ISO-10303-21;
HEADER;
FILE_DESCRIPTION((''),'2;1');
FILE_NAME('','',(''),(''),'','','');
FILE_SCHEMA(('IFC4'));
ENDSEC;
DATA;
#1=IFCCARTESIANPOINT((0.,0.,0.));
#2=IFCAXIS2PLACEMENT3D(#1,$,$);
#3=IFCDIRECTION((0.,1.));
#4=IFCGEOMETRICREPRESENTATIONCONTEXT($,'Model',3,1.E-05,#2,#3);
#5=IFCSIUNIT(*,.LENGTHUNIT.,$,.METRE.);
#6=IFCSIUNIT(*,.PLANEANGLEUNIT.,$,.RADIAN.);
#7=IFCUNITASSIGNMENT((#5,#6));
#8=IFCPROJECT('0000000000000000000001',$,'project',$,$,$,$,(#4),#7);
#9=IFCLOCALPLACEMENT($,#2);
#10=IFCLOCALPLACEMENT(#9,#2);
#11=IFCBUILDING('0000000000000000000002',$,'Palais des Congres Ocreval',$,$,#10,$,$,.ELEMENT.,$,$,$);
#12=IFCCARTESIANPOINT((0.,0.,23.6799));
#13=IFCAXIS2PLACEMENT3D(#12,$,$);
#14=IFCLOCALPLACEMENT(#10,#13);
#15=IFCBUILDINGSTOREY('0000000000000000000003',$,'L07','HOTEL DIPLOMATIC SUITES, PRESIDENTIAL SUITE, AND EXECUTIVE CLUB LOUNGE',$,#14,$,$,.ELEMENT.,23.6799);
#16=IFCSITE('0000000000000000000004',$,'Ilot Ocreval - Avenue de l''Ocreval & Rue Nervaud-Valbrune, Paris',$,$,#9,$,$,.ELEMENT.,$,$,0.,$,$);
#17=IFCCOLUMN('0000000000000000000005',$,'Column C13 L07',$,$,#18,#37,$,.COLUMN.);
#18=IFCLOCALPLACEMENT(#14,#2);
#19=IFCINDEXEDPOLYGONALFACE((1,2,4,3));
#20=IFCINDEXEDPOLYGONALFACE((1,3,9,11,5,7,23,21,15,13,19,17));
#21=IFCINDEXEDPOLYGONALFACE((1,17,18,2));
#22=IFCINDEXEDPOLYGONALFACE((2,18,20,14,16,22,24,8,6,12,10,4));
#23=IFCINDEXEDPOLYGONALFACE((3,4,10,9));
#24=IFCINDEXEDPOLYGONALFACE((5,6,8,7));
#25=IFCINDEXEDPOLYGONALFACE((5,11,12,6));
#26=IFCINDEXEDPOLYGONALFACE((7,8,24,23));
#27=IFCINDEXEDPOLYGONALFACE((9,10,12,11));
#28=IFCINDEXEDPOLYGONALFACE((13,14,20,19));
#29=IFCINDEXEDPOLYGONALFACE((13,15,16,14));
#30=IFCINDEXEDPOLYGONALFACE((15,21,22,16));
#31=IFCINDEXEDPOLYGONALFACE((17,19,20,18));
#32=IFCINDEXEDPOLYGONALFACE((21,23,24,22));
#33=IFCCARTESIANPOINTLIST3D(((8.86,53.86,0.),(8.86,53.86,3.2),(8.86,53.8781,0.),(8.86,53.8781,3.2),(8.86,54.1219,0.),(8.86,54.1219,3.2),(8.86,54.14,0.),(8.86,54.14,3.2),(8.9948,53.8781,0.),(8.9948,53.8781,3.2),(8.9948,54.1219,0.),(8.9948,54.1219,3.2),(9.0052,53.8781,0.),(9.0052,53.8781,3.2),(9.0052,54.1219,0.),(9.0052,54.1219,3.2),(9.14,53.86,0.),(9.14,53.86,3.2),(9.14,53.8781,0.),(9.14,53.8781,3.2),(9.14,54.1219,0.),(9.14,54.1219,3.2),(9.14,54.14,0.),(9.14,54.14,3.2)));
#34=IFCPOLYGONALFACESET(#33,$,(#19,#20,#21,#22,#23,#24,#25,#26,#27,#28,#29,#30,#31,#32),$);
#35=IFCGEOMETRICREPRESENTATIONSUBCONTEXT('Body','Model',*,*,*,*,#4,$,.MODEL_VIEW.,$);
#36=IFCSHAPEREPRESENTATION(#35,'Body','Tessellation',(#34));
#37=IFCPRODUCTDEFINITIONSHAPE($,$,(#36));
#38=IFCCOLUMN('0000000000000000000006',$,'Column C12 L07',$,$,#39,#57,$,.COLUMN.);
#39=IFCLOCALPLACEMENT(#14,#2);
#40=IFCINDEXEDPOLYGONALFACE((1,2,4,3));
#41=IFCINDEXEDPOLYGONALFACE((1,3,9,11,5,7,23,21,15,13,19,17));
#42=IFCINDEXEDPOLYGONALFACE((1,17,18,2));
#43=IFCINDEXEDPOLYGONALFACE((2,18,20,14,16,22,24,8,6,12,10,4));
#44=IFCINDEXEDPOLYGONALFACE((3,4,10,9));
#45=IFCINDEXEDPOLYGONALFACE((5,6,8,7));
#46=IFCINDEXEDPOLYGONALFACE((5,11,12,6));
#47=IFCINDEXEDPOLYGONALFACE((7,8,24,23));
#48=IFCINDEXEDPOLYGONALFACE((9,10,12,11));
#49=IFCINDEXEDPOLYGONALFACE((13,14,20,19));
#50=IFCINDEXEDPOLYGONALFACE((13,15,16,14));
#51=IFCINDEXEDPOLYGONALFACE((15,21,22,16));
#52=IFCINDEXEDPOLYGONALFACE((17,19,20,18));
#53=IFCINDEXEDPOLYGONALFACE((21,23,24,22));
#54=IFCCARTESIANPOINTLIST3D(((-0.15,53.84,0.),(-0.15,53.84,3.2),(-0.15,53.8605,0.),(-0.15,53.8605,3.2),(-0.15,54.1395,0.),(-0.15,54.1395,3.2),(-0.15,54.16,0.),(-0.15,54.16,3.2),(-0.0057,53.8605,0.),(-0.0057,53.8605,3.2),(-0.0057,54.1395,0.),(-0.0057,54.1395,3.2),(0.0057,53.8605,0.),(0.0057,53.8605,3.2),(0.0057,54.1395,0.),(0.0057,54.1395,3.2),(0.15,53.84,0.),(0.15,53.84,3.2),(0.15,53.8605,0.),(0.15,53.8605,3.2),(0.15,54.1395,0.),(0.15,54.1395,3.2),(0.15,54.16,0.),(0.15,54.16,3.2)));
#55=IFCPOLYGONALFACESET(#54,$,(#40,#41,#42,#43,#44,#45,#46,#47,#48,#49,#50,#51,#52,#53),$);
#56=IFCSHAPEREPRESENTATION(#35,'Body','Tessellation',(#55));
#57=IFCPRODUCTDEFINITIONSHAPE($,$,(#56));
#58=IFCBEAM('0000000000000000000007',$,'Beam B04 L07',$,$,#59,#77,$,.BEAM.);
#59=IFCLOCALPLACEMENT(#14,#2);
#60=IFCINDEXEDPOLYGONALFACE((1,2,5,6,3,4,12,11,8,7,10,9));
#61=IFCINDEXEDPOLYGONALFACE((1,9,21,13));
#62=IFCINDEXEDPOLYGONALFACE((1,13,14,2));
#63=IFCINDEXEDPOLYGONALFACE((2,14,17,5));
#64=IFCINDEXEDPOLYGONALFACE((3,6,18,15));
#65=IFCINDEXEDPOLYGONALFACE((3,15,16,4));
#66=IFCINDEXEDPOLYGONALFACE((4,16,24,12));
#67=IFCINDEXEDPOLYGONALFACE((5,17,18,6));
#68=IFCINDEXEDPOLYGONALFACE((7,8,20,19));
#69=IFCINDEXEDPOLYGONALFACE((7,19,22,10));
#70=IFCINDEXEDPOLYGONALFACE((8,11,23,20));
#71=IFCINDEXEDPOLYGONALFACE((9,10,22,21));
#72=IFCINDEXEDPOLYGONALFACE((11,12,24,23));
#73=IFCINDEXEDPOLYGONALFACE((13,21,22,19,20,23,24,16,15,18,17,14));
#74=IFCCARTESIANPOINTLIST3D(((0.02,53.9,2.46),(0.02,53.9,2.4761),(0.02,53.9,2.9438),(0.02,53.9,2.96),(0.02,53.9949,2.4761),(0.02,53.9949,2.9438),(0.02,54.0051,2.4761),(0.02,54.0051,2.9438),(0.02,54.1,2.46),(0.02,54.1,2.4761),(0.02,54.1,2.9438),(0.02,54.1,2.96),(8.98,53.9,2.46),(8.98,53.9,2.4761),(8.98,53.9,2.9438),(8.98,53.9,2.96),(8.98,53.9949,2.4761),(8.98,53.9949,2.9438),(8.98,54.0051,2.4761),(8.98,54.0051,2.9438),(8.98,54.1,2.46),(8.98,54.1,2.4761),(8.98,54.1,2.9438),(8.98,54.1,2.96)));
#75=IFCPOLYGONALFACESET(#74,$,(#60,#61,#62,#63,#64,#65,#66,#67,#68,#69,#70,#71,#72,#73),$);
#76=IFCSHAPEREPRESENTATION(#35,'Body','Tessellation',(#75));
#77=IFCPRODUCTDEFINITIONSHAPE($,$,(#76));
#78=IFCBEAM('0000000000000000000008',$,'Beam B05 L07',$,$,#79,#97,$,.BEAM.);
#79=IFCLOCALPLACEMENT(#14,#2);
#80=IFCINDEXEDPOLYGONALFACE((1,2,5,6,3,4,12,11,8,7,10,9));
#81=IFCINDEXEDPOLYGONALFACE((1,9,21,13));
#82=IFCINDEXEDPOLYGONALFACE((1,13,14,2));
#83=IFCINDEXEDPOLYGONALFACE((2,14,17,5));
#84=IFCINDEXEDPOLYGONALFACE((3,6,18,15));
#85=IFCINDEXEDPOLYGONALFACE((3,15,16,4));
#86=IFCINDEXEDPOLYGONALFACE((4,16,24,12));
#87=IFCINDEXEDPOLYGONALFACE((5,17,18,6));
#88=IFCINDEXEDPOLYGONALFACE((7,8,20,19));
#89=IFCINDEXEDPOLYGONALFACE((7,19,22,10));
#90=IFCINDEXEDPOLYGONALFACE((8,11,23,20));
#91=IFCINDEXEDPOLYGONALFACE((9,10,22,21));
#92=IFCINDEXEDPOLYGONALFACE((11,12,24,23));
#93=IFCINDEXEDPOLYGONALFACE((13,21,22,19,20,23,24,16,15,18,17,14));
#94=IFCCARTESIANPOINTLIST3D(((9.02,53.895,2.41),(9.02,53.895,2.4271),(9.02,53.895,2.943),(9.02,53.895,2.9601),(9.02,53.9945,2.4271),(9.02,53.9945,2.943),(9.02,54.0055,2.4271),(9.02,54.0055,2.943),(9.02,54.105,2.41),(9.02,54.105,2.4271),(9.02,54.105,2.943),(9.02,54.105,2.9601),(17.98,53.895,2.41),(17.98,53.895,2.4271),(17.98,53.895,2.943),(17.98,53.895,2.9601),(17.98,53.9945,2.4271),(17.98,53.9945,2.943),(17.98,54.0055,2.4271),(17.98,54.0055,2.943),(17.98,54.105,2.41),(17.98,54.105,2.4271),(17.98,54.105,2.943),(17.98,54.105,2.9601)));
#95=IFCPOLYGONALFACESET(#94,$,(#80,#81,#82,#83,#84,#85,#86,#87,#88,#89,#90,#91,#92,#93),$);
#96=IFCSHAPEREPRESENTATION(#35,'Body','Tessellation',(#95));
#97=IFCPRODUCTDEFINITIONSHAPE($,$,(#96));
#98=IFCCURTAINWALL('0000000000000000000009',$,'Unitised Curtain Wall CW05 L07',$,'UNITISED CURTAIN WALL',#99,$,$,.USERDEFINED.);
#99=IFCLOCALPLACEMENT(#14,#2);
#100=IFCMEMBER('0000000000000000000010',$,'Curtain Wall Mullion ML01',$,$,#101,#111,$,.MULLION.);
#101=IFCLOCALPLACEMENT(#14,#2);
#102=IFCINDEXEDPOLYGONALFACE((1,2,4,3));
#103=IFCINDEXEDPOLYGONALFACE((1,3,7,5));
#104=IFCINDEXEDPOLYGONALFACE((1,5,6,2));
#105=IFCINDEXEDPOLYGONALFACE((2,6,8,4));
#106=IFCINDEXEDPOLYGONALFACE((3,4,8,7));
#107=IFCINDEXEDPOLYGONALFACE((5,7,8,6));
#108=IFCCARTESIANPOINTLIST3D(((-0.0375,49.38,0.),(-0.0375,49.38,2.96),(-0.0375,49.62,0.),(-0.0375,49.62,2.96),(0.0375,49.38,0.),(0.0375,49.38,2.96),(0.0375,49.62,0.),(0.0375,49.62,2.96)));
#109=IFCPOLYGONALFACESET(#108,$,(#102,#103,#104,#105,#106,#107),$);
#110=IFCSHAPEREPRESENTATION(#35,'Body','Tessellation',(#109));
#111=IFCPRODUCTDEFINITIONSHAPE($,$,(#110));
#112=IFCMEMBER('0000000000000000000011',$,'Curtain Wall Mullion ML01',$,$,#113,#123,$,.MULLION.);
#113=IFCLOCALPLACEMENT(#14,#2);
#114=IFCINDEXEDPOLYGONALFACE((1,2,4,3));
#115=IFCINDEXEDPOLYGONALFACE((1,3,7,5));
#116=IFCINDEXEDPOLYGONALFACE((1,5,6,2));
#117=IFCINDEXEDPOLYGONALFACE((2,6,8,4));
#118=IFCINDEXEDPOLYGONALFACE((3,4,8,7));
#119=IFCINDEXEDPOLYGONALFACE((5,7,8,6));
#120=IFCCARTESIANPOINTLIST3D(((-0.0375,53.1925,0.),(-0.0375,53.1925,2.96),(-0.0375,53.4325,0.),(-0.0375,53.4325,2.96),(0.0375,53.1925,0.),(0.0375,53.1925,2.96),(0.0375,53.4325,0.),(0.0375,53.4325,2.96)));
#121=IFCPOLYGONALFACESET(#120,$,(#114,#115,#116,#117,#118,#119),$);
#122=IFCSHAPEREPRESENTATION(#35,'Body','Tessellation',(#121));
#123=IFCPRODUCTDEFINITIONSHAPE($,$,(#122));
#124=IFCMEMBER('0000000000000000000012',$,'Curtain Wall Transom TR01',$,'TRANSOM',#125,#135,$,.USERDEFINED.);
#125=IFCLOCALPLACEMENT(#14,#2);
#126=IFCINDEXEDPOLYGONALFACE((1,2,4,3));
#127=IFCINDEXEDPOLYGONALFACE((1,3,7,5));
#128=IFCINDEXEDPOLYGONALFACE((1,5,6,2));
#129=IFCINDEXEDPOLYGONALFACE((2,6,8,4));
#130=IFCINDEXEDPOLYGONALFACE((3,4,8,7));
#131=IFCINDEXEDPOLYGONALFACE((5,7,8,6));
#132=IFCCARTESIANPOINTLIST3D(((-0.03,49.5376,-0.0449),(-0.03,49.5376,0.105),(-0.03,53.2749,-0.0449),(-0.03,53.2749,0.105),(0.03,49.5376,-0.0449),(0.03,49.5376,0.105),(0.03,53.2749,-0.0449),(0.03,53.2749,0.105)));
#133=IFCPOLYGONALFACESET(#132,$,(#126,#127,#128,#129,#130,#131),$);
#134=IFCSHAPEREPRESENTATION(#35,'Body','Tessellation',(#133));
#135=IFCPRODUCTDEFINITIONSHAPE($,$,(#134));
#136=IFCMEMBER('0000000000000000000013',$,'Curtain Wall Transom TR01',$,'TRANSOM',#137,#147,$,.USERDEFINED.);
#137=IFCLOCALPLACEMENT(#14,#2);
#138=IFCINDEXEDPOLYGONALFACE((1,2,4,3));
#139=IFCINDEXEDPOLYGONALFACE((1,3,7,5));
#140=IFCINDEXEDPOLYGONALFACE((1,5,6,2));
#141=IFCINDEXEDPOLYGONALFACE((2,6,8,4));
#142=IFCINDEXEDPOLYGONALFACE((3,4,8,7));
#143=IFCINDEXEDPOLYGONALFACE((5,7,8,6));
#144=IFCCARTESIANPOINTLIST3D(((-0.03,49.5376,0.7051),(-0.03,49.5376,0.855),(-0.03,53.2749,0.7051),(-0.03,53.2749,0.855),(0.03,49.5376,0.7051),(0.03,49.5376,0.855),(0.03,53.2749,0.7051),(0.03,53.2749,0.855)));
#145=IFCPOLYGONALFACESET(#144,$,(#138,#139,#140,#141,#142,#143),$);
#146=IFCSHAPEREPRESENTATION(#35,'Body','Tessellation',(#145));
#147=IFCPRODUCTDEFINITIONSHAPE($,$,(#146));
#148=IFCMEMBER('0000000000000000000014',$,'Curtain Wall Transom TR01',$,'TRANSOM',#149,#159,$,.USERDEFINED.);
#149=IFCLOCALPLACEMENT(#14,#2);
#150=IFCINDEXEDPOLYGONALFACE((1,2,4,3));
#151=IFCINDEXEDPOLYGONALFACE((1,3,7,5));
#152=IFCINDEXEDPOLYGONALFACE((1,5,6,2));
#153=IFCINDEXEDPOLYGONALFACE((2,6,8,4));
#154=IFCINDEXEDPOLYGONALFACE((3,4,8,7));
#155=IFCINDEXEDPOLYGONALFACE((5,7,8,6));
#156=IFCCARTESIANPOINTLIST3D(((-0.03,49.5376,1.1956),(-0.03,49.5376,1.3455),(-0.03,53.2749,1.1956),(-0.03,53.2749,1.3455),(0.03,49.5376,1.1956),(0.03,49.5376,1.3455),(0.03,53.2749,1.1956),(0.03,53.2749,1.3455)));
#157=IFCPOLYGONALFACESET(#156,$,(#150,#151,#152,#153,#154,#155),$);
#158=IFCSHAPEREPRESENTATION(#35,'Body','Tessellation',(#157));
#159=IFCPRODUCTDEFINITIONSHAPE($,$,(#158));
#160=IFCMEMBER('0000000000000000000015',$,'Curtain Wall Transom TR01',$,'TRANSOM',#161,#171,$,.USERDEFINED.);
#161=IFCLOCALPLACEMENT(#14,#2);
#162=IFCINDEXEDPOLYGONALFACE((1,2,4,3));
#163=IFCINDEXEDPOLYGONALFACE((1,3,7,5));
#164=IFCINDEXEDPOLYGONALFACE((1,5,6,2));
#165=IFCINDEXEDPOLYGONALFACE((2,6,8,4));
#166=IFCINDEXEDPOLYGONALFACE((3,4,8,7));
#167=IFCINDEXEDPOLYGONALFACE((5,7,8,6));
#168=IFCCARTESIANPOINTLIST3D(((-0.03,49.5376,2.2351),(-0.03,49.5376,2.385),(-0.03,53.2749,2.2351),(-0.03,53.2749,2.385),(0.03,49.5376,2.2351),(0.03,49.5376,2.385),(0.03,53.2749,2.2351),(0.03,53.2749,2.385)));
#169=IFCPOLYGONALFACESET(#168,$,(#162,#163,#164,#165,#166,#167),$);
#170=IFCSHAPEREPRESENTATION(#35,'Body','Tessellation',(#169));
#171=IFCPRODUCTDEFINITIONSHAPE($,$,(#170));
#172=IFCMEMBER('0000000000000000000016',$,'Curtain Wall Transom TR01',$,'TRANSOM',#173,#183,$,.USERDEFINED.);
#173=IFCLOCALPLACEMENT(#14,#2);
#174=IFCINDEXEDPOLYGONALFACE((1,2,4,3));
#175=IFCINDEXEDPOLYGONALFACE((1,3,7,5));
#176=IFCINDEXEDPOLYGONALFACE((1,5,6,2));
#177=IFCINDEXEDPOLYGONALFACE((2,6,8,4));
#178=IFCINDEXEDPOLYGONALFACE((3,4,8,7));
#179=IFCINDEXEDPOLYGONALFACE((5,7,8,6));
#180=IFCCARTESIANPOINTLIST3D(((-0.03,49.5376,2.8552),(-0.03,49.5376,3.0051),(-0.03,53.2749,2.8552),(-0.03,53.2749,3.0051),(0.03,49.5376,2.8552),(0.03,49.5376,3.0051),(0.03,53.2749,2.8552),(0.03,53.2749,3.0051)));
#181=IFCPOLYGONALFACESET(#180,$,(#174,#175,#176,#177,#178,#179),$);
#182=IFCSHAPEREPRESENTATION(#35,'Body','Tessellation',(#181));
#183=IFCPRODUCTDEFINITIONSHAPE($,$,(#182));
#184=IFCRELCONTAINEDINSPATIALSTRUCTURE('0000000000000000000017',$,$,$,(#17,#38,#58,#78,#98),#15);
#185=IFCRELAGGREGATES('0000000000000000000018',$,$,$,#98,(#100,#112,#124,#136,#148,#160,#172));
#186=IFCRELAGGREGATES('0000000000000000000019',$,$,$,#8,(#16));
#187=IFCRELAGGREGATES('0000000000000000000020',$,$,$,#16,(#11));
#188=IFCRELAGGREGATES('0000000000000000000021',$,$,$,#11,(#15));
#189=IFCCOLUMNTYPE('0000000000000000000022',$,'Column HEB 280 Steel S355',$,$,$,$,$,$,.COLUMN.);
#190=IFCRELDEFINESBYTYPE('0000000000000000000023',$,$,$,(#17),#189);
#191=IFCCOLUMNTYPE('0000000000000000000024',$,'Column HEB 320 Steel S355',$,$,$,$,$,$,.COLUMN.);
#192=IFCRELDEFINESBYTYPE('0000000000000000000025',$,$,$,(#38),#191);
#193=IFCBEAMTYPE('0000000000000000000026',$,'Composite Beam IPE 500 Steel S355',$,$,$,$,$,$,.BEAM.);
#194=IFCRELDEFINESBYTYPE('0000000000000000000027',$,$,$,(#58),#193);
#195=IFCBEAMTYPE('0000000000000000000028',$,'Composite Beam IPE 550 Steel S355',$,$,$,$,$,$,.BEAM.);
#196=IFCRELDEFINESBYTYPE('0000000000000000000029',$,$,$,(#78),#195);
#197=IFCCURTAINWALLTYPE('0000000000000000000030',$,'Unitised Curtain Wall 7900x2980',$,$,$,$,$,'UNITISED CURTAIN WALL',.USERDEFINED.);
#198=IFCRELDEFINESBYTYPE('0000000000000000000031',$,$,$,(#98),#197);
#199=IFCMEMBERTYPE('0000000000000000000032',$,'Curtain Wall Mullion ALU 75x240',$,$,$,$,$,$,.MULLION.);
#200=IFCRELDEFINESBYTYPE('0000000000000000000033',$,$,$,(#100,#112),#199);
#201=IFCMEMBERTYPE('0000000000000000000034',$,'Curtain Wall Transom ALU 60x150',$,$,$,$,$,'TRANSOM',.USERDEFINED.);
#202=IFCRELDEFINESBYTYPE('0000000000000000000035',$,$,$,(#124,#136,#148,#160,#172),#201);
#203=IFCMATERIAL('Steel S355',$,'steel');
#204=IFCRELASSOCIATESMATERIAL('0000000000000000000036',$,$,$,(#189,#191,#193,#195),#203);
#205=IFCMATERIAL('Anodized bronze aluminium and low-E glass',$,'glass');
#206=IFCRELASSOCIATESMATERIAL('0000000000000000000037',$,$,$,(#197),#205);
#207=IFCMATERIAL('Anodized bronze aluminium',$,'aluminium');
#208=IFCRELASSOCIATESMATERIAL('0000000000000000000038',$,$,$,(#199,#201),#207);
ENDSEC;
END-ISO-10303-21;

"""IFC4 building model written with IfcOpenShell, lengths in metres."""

from ifc_helpers import new_model, si_unit, direction, frame, origin, origin_2d, place, context, subcontext, project, spatial, rectangle, i_section, extrude, material, material_profile, profile_set, type_object, element, aggregate, save


model = new_model("IFC4")

# Units and contexts
model_context = context("Model", 3, precision=1e-05, world=origin(), true_north=direction((0.0, 1.0)))
body_context = subcontext(model_context, "Body", "Model", "MODEL_VIEW")
ifc_project = project(units=[si_unit("LENGTHUNIT", "METRE"), si_unit("PLANEANGLEUNIT", "RADIAN")], contexts=[model_context])

# Site, building, storey
site_placement = place(None, origin())
site = spatial("IfcSite", under=ifc_project, at=site_placement, Name="Ilot Ocreval - Avenue de l'Ocreval & Rue Nervaud-Valbrune, Paris", CompositionType="ELEMENT", RefElevation=0.0)
building_placement = place(site_placement, origin())
building = spatial("IfcBuilding", under=site, at=building_placement, Name="Palais des Congres Ocreval", CompositionType="ELEMENT")
storey_placement = place(building_placement, frame((0.0, 0.0, 23.6799)))
storey = spatial("IfcBuildingStorey", under=building, at=storey_placement, Name="L07", Description="HOTEL DIPLOMATIC SUITES, PRESIDENTIAL SUITE, AND EXECUTIVE CLUB LOUNGE", CompositionType="ELEMENT", Elevation=23.6799)

# Columns
ifc_material_1 = material(Name="Steel S355", Category="steel")
ifc_material_profile_1 = material_profile(ifc_material_1, i_section(OverallWidth=0.28, OverallDepth=0.28, WebThickness=0.0105, FlangeThickness=0.0181, at=origin_2d()), Name="HEB 280")
ifc_profile_set_1 = profile_set([ifc_material_profile_1], Name="Steel S355")
column_type_1 = type_object("IfcColumnType", Name="Column HEB 280 Steel S355", PredefinedType="COLUMN", material=ifc_profile_set_1)
column_1_placement = place(storey_placement, frame((9.0, 54.0, 0.0), z_axis=(0.0, 0.0, 1.0), x_axis=(1.0, 0.0, 0.0)))
element("IfcColumn", 1, at=column_1_placement, inside=storey, type_object=column_type_1, Name="Column C13 L07", PredefinedType="COLUMN", context=body_context, shape_type="SweptSolid", body=[
    extrude(i_section(OverallWidth=0.28, OverallDepth=0.28, WebThickness=0.0105, FlangeThickness=0.0181, at=origin_2d()), origin(), (0.0, 0.0, 1.0), 3.2),
])
ifc_material_profile_2 = material_profile(ifc_material_1, i_section(OverallWidth=0.3, OverallDepth=0.3201, WebThickness=0.0115, FlangeThickness=0.0205, at=origin_2d()), Name="HEB 320")
ifc_profile_set_2 = profile_set([ifc_material_profile_2], Name="Steel S355")
column_type_2 = type_object("IfcColumnType", Name="Column HEB 320 Steel S355", PredefinedType="COLUMN", material=ifc_profile_set_2)
column_2_placement = place(storey_placement, frame((0.0, 54.0, 0.0), z_axis=(0.0, 0.0, 1.0), x_axis=(1.0, 0.0, 0.0)))
element("IfcColumn", 2, at=column_2_placement, inside=storey, type_object=column_type_2, Name="Column C12 L07", PredefinedType="COLUMN", context=body_context, shape_type="SweptSolid", body=[
    extrude(i_section(OverallWidth=0.3, OverallDepth=0.3201, WebThickness=0.0115, FlangeThickness=0.0205, at=origin_2d()), origin(), (0.0, 0.0, 1.0), 3.2),
])

# Beams
ifc_material_profile_3 = material_profile(ifc_material_1, i_section(OverallWidth=0.2, OverallDepth=0.5, WebThickness=0.0103, FlangeThickness=0.0161, at=origin_2d()), Name="IPE 500")
ifc_profile_set_3 = profile_set([ifc_material_profile_3], Name="Steel S355")
beam_type_1 = type_object("IfcBeamType", Name="Composite Beam IPE 500 Steel S355", PredefinedType="BEAM", material=ifc_profile_set_3)
beam_1_placement = place(storey_placement, frame((0.02, 54.0, 2.71), z_axis=(1.0, 0.0, 0.0), x_axis=(0.0, 1.0, 0.0)))
element("IfcBeam", 3, at=beam_1_placement, inside=storey, type_object=beam_type_1, Name="Beam B04 L07", PredefinedType="BEAM", context=body_context, shape_type="SweptSolid", body=[
    extrude(i_section(OverallWidth=0.2, OverallDepth=0.5, WebThickness=0.0103, FlangeThickness=0.0161, at=origin_2d()), origin(), (0.0, 0.0, 1.0), 8.96),
])
ifc_material_profile_4 = material_profile(ifc_material_1, i_section(OverallWidth=0.21, OverallDepth=0.55, WebThickness=0.011, FlangeThickness=0.0171, at=origin_2d()), Name="IPE 550")
ifc_profile_set_4 = profile_set([ifc_material_profile_4], Name="Steel S355")
beam_type_2 = type_object("IfcBeamType", Name="Composite Beam IPE 550 Steel S355", PredefinedType="BEAM", material=ifc_profile_set_4)
beam_2_placement = place(storey_placement, frame((9.02, 54.0, 2.6851), z_axis=(1.0, 0.0, 0.0), x_axis=(0.0, 1.0, 0.0)))
element("IfcBeam", 4, at=beam_2_placement, inside=storey, type_object=beam_type_2, Name="Beam B05 L07", PredefinedType="BEAM", context=body_context, shape_type="SweptSolid", body=[
    extrude(i_section(OverallWidth=0.21, OverallDepth=0.55, WebThickness=0.011, FlangeThickness=0.0171, at=origin_2d()), origin(), (0.0, 0.0, 1.0), 8.96),
])

# Curtain wall, members
ifc_material_2 = material(Name="Anodized bronze aluminium and low-E glass", Category="glass")
curtain_wall_type = type_object("IfcCurtainWallType", Name="Unitised Curtain Wall 7900x2980", ElementType="UNITISED CURTAIN WALL", PredefinedType="USERDEFINED", material=ifc_material_2)
curtain_wall_placement = place(storey_placement, origin())
curtain_wall = element("IfcCurtainWall", 5, at=curtain_wall_placement, inside=storey, type_object=curtain_wall_type, Name="Unitised Curtain Wall CW05 L07", ObjectType="UNITISED CURTAIN WALL", PredefinedType="USERDEFINED")
ifc_material_3 = material(Name="Anodized bronze aluminium", Category="aluminium")
ifc_material_profile_5 = material_profile(ifc_material_3, rectangle(XDim=0.075, YDim=0.24, at=origin_2d()), Name="ALU 75x240")
ifc_profile_set_5 = profile_set([ifc_material_profile_5], Name="Anodized bronze aluminium")
member_type_1 = type_object("IfcMemberType", Name="Curtain Wall Mullion ALU 75x240", PredefinedType="MULLION", material=ifc_profile_set_5)
member_1_placement = place(storey_placement, frame((0.0, 49.5, 0.0), z_axis=(0.0, 0.0, 1.0), x_axis=(-1.0, 0.0, 0.0)))
member_1 = element("IfcMember", 6, at=member_1_placement, type_object=member_type_1, Name="Curtain Wall Mullion ML01", PredefinedType="MULLION", context=body_context, shape_type="SweptSolid", body=[
    extrude(rectangle(XDim=0.075, YDim=0.24, at=origin_2d()), origin(), (0.0, 0.0, 1.0), 2.96),
])
member_2_placement = place(storey_placement, frame((0.0, 53.3125, 0.0), z_axis=(0.0, 0.0, 1.0), x_axis=(-1.0, 0.0, 0.0)))
member_2 = element("IfcMember", 7, at=member_2_placement, type_object=member_type_1, Name="Curtain Wall Mullion ML01", PredefinedType="MULLION", context=body_context, shape_type="SweptSolid", body=[
    extrude(rectangle(XDim=0.075, YDim=0.24, at=origin_2d()), origin(), (0.0, 0.0, 1.0), 2.96),
])
ifc_material_profile_6 = material_profile(ifc_material_3, rectangle(XDim=0.0601, YDim=0.1499, at=origin_2d()), Name="ALU 60x150")
ifc_profile_set_6 = profile_set([ifc_material_profile_6], Name="Anodized bronze aluminium")
member_type_2 = type_object("IfcMemberType", Name="Curtain Wall Transom ALU 60x150", ElementType="TRANSOM", PredefinedType="USERDEFINED", material=ifc_profile_set_6)
member_3_placement = place(storey_placement, frame((0.0, 49.5376, 0.03), z_axis=(0.0, 1.0, 0.0), x_axis=(-1.0, 0.0, 0.0)))
member_3 = element("IfcMember", 8, at=member_3_placement, type_object=member_type_2, Name="Curtain Wall Transom TR01", ObjectType="TRANSOM", PredefinedType="USERDEFINED", context=body_context, shape_type="SweptSolid", body=[
    extrude(rectangle(XDim=0.0601, YDim=0.1499, at=origin_2d()), origin(), (0.0, 0.0, 1.0), 3.7373),
])
member_4_placement = place(storey_placement, frame((0.0, 49.5376, 0.78), z_axis=(0.0, 1.0, 0.0), x_axis=(-1.0, 0.0, 0.0)))
member_4 = element("IfcMember", 9, at=member_4_placement, type_object=member_type_2, Name="Curtain Wall Transom TR01", ObjectType="TRANSOM", PredefinedType="USERDEFINED", context=body_context, shape_type="SweptSolid", body=[
    extrude(rectangle(XDim=0.0601, YDim=0.1499, at=origin_2d()), origin(), (0.0, 0.0, 1.0), 3.7373),
])
member_5_placement = place(storey_placement, frame((0.0, 49.5376, 1.2705), z_axis=(0.0, 1.0, 0.0), x_axis=(-1.0, 0.0, 0.0)))
member_5 = element("IfcMember", 10, at=member_5_placement, type_object=member_type_2, Name="Curtain Wall Transom TR01", ObjectType="TRANSOM", PredefinedType="USERDEFINED", context=body_context, shape_type="SweptSolid", body=[
    extrude(rectangle(XDim=0.0601, YDim=0.1499, at=origin_2d()), origin(), (0.0, 0.0, 1.0), 3.7373),
])
member_6_placement = place(storey_placement, frame((0.0, 49.5376, 2.3101), z_axis=(0.0, 1.0, 0.0), x_axis=(-1.0, 0.0, 0.0)))
member_6 = element("IfcMember", 11, at=member_6_placement, type_object=member_type_2, Name="Curtain Wall Transom TR01", ObjectType="TRANSOM", PredefinedType="USERDEFINED", context=body_context, shape_type="SweptSolid", body=[
    extrude(rectangle(XDim=0.0601, YDim=0.1499, at=origin_2d()), origin(), (0.0, 0.0, 1.0), 3.7373),
])
member_7_placement = place(storey_placement, frame((0.0, 49.5376, 2.9302), z_axis=(0.0, 1.0, 0.0), x_axis=(-1.0, 0.0, 0.0)))
member_7 = element("IfcMember", 12, at=member_7_placement, type_object=member_type_2, Name="Curtain Wall Transom TR01", ObjectType="TRANSOM", PredefinedType="USERDEFINED", context=body_context, shape_type="SweptSolid", body=[
    extrude(rectangle(XDim=0.0601, YDim=0.1499, at=origin_2d()), origin(), (0.0, 0.0, 1.0), 3.7373),
])
aggregate(curtain_wall, [member_1, member_2, member_3, member_4, member_5, member_6, member_7])

save(model, "model.ifc")
